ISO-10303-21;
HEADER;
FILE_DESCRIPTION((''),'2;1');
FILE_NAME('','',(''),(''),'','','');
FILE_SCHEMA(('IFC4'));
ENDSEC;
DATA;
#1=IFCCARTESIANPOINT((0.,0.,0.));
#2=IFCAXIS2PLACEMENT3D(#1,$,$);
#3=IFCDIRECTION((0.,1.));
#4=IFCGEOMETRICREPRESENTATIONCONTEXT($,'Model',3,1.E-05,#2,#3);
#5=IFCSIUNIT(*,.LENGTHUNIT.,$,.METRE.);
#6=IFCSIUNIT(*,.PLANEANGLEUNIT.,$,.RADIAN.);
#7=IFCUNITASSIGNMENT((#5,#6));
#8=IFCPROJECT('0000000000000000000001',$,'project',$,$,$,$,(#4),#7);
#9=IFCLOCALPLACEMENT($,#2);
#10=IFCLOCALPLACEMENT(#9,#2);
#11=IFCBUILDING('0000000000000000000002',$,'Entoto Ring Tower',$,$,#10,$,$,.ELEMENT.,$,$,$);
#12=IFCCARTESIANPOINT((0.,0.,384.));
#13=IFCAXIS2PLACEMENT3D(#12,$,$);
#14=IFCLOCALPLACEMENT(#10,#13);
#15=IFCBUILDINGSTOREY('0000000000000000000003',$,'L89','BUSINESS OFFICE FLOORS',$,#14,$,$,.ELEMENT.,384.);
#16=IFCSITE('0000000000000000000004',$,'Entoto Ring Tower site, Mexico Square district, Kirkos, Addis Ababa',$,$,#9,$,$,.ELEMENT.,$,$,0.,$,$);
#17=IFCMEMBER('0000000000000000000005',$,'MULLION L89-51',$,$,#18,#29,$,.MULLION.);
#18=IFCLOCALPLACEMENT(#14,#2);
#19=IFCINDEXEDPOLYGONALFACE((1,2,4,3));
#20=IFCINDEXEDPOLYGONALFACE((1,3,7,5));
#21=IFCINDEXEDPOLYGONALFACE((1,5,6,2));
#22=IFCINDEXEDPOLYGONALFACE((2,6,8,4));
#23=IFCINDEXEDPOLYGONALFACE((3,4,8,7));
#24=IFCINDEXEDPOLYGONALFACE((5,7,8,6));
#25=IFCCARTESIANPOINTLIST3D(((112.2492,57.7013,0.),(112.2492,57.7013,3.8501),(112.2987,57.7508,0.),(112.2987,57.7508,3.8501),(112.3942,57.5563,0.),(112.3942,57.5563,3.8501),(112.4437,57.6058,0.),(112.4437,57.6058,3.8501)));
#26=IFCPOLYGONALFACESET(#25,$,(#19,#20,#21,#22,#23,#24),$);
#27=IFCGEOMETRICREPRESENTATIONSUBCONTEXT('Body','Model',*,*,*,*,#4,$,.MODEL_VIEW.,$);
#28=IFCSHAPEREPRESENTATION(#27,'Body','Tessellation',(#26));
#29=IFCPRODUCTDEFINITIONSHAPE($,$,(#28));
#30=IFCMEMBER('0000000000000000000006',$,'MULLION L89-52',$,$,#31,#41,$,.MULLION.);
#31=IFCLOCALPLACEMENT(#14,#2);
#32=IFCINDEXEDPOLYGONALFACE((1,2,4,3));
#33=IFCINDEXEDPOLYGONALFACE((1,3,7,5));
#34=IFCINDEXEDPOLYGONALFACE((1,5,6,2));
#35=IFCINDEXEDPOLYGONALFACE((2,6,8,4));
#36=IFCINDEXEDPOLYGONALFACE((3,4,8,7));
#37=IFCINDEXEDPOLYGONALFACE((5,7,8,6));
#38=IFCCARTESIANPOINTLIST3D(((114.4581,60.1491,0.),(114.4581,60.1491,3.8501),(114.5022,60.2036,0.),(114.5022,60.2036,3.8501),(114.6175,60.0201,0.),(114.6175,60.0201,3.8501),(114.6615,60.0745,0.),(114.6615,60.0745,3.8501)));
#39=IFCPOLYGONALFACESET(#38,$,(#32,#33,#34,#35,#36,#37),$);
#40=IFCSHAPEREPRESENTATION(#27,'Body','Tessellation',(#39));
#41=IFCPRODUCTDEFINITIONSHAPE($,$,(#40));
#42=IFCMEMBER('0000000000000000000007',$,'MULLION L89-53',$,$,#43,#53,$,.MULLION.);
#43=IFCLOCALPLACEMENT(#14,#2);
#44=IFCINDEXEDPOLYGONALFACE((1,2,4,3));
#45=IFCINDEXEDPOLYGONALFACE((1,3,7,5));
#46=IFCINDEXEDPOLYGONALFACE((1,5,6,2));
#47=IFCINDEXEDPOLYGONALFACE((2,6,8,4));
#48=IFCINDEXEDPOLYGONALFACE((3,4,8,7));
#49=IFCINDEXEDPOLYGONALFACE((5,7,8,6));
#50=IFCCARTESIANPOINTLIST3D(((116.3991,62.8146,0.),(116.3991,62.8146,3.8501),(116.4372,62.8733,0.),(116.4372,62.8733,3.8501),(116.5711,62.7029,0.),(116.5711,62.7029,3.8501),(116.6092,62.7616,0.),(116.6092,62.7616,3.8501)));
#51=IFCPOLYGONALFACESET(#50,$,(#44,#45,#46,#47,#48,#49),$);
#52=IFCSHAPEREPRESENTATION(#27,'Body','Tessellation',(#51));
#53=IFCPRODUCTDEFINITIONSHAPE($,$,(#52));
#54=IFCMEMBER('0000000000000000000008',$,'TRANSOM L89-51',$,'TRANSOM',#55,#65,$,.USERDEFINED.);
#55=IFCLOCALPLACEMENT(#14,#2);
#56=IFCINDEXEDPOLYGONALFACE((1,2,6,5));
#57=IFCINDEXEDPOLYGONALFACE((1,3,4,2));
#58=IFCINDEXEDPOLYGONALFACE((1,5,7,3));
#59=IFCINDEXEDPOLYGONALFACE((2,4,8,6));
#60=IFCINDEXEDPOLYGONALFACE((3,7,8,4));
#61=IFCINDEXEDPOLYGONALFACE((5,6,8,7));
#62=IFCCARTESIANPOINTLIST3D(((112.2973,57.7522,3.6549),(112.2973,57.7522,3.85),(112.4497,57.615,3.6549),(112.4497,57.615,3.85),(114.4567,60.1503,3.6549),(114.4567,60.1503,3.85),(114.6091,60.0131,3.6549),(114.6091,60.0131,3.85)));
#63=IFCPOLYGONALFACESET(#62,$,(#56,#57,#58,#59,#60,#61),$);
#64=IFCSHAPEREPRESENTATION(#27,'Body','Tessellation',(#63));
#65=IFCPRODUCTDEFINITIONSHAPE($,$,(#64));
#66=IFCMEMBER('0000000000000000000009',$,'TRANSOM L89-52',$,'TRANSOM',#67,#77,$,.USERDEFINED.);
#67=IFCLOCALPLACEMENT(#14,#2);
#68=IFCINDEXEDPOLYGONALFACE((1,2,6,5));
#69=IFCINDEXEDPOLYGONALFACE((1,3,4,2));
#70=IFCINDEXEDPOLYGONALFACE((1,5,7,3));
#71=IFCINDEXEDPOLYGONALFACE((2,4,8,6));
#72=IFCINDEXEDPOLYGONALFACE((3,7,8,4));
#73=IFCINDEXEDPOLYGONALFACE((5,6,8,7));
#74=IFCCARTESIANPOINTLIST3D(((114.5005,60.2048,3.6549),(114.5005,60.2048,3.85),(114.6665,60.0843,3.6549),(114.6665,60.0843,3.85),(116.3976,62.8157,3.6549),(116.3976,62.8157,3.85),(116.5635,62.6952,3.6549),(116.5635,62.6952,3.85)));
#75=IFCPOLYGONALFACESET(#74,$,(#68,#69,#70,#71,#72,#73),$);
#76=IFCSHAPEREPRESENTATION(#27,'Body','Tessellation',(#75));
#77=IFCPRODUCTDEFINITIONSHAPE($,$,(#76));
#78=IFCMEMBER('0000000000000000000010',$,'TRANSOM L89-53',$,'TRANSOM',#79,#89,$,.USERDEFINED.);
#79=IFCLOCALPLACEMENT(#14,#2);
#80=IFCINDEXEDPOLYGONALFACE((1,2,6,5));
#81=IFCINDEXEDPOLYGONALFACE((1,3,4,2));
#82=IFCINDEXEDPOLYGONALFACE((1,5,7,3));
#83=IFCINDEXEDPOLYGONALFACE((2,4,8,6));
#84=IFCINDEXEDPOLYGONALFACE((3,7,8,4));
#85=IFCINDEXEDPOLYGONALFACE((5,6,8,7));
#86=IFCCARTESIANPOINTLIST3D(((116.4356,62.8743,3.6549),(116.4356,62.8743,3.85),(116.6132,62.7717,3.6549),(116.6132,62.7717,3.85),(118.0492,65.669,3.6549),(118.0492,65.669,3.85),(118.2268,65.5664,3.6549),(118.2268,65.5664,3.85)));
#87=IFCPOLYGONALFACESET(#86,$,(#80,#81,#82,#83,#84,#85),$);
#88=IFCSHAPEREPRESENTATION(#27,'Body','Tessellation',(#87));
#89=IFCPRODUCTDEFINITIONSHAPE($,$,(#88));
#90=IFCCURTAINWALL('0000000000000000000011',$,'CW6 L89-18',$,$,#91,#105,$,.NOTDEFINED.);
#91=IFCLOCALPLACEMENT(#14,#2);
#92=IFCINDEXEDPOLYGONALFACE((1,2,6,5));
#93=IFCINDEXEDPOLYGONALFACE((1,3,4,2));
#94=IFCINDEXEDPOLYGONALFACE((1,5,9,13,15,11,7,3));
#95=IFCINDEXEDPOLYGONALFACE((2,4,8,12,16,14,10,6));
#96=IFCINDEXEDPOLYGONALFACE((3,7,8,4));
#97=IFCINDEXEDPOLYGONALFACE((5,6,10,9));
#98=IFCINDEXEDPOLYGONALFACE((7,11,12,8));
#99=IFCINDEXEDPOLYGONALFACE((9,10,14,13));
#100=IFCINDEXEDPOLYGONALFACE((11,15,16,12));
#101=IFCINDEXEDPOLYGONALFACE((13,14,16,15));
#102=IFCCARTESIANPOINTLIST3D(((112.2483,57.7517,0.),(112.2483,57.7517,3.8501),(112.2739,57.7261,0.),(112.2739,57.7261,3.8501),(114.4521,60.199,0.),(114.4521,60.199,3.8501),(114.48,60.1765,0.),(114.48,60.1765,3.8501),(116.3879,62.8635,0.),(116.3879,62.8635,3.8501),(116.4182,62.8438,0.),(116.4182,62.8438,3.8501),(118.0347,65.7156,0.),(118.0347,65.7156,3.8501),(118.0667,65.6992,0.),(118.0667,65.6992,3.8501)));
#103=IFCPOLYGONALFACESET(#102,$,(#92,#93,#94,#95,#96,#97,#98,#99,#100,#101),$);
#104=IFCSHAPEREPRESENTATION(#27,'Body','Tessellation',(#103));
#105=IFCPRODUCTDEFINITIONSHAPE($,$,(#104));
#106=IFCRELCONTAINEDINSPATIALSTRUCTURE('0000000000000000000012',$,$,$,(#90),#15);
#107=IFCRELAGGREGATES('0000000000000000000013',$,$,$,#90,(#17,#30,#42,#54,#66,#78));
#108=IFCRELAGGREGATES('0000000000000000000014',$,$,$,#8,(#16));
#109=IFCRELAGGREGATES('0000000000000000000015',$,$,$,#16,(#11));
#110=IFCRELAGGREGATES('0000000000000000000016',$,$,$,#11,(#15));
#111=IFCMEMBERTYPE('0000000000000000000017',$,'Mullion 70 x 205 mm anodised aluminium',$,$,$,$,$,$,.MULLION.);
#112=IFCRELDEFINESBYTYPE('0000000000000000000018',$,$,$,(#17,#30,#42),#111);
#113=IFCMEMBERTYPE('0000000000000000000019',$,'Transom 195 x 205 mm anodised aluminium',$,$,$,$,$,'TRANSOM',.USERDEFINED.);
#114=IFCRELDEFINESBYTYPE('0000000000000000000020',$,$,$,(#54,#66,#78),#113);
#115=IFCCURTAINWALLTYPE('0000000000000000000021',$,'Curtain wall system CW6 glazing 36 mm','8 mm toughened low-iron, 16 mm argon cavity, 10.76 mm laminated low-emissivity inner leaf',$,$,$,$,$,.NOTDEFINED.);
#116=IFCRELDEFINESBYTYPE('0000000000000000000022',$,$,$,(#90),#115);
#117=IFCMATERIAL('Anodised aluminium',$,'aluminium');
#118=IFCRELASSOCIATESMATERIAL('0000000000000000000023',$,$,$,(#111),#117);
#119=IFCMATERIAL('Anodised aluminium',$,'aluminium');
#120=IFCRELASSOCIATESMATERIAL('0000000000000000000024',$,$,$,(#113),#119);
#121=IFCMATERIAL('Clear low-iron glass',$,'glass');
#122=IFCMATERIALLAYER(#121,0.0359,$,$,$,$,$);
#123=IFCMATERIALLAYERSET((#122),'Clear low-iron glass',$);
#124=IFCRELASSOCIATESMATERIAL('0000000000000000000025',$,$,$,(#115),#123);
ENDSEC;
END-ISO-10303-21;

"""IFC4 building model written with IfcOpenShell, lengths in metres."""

from ifc_helpers import new_model, si_unit, direction, frame, origin, origin_2d, place, context, subcontext, project, spatial, polyline, rectangle, outline, extrude, material, layer, layer_set, material_profile, profile_set, type_object, element, aggregate, save


model = new_model("IFC4")

# Units and contexts
model_context = context("Model", 3, precision=1e-05, world=origin(), true_north=direction((0.0, 1.0)))
body_context = subcontext(model_context, "Body", "Model", "MODEL_VIEW")
ifc_project = project(units=[si_unit("LENGTHUNIT", "METRE"), si_unit("PLANEANGLEUNIT", "RADIAN")], contexts=[model_context])

# Members
ifc_material_1 = material(Name="Anodised aluminium", Category="aluminium")
ifc_material_profile_1 = material_profile(ifc_material_1, rectangle(XDim=0.0701, YDim=0.2051, at=origin_2d()), Name="Mullion 70 x 205 mm anodised aluminium")
ifc_profile_set_1 = profile_set([ifc_material_profile_1], Name="Anodised aluminium")
member_type_1 = type_object("IfcMemberType", Name="Mullion 70 x 205 mm anodised aluminium", PredefinedType="MULLION", material=ifc_profile_set_1)
site_placement = place(None, origin())
building_placement = place(site_placement, origin())
storey_placement = place(building_placement, frame((0.0, 0.0, 384.0)))
member_1_placement = place(storey_placement, frame((112.3464, 57.6536, 0.0), z_axis=(0.0, 0.0, 1.0), x_axis=(0.707107, 0.707107, 0.0)))
member_1 = element("IfcMember", 1, at=member_1_placement, type_object=member_type_1, Name="MULLION L89-51", PredefinedType="MULLION", context=body_context, shape_type="SweptSolid", body=[
    extrude(rectangle(XDim=0.0701, YDim=0.2051, at=origin_2d()), origin(), (0.0, 0.0, 1.0), 3.8501),
])
member_2_placement = place(storey_placement, frame((114.5598, 60.1118, 0.0), z_axis=(0.0, 0.0, 1.0), x_axis=(0.62932, 0.777146, 0.0)))
member_2 = element("IfcMember", 2, at=member_2_placement, type_object=member_type_1, Name="MULLION L89-52", PredefinedType="MULLION", context=body_context, shape_type="SweptSolid", body=[
    extrude(rectangle(XDim=0.0701, YDim=0.2051, at=origin_2d()), origin(), (0.0, 0.0, 1.0), 3.8501),
])
member_3_placement = place(storey_placement, frame((116.5042, 62.7881, 0.0), z_axis=(0.0, 0.0, 1.0), x_axis=(0.544639, 0.838671, 0.0)))
member_3 = element("IfcMember", 3, at=member_3_placement, type_object=member_type_1, Name="MULLION L89-53", PredefinedType="MULLION", context=body_context, shape_type="SweptSolid", body=[
    extrude(rectangle(XDim=0.0701, YDim=0.2051, at=origin_2d()), origin(), (0.0, 0.0, 1.0), 3.8501),
])
ifc_material_2 = material(Name="Anodised aluminium", Category="aluminium")
ifc_material_profile_2 = material_profile(ifc_material_2, rectangle(XDim=0.2051, YDim=0.1951, at=origin_2d()), Name="Transom 195 x 205 mm anodised aluminium")
ifc_profile_set_2 = profile_set([ifc_material_profile_2], Name="Anodised aluminium")
member_type_2 = type_object("IfcMemberType", Name="Transom 195 x 205 mm anodised aluminium", ElementType="TRANSOM", PredefinedType="USERDEFINED", material=ifc_profile_set_2)
member_4_placement = place(storey_placement, frame((112.3735, 57.6836, 3.7524), z_axis=(0.669144, 0.743132, 0.0), x_axis=(-0.743132, 0.669144, 0.0)))
member_4 = element("IfcMember", 4, at=member_4_placement, type_object=member_type_2, Name="TRANSOM L89-51", ObjectType="TRANSOM", PredefinedType="USERDEFINED", context=body_context, shape_type="SweptSolid", body=[
    extrude(rectangle(XDim=0.2051, YDim=0.1951, at=origin_2d()), origin(), (0.0, 0.0, 1.0), 3.2271),
])
member_5_placement = place(storey_placement, frame((114.5835, 60.1445, 3.7524), z_axis=(0.587803, 0.809004, 0.0), x_axis=(-0.809004, 0.587803, 0.0)))
member_5 = element("IfcMember", 5, at=member_5_placement, type_object=member_type_2, Name="TRANSOM L89-52", ObjectType="TRANSOM", PredefinedType="USERDEFINED", context=body_context, shape_type="SweptSolid", body=[
    extrude(rectangle(XDim=0.2051, YDim=0.1951, at=origin_2d()), origin(), (0.0, 0.0, 1.0), 3.2273),
])
member_6_placement = place(storey_placement, frame((116.5244, 62.823, 3.7524), z_axis=(0.500004, 0.866023, 0.0), x_axis=(-0.866023, 0.500004, 0.0)))
member_6 = element("IfcMember", 6, at=member_6_placement, type_object=member_type_2, Name="TRANSOM L89-53", ObjectType="TRANSOM", PredefinedType="USERDEFINED", context=body_context, shape_type="SweptSolid", body=[
    extrude(rectangle(XDim=0.2051, YDim=0.1951, at=origin_2d()), origin(), (0.0, 0.0, 1.0), 3.2271),
])

# Site, building, storey
site = spatial("IfcSite", under=ifc_project, at=site_placement, Name="Entoto Ring Tower site, Mexico Square district, Kirkos, Addis Ababa", CompositionType="ELEMENT", RefElevation=0.0)
building = spatial("IfcBuilding", under=site, at=building_placement, Name="Entoto Ring Tower", CompositionType="ELEMENT")
storey = spatial("IfcBuildingStorey", under=building, at=storey_placement, Name="L89", Description="BUSINESS OFFICE FLOORS", CompositionType="ELEMENT", Elevation=384.0)

# Curtain wall
ifc_material_3 = material(Name="Clear low-iron glass", Category="glass")
ifc_layer_1 = layer(ifc_material_3, 0.0359)
ifc_layer_set_1 = layer_set([ifc_layer_1], Name="Clear low-iron glass")
curtain_wall_type = type_object("IfcCurtainWallType", Name="Curtain wall system CW6 glazing 36 mm", Description="8 mm toughened low-iron, 16 mm argon cavity, 10.76 mm laminated low-emissivity inner leaf", PredefinedType="NOTDEFINED", material=ifc_layer_set_1)
curtain_wall_1_placement = place(storey_placement, origin())
curtain_wall_1 = element("IfcCurtainWall", 7, at=curtain_wall_1_placement, inside=storey, type_object=curtain_wall_type, Name="CW6 L89-18", PredefinedType="NOTDEFINED", context=body_context, shape_type="SweptSolid", body=[
    extrude(outline(polyline([(112.2739, 57.7261), (114.48, 60.1765), (116.4182, 62.8438), (118.0667, 65.6992), (118.0347, 65.7156), (116.3879, 62.8635), (114.4521, 60.199), (112.2483, 57.7517), (112.2739, 57.7261)])), origin(), (0.0, 0.0, 1.0), 3.8501),
])
aggregate(curtain_wall_1, [member_1, member_2, member_3, member_4, member_5, member_6])

save(model, "model.ifc")
